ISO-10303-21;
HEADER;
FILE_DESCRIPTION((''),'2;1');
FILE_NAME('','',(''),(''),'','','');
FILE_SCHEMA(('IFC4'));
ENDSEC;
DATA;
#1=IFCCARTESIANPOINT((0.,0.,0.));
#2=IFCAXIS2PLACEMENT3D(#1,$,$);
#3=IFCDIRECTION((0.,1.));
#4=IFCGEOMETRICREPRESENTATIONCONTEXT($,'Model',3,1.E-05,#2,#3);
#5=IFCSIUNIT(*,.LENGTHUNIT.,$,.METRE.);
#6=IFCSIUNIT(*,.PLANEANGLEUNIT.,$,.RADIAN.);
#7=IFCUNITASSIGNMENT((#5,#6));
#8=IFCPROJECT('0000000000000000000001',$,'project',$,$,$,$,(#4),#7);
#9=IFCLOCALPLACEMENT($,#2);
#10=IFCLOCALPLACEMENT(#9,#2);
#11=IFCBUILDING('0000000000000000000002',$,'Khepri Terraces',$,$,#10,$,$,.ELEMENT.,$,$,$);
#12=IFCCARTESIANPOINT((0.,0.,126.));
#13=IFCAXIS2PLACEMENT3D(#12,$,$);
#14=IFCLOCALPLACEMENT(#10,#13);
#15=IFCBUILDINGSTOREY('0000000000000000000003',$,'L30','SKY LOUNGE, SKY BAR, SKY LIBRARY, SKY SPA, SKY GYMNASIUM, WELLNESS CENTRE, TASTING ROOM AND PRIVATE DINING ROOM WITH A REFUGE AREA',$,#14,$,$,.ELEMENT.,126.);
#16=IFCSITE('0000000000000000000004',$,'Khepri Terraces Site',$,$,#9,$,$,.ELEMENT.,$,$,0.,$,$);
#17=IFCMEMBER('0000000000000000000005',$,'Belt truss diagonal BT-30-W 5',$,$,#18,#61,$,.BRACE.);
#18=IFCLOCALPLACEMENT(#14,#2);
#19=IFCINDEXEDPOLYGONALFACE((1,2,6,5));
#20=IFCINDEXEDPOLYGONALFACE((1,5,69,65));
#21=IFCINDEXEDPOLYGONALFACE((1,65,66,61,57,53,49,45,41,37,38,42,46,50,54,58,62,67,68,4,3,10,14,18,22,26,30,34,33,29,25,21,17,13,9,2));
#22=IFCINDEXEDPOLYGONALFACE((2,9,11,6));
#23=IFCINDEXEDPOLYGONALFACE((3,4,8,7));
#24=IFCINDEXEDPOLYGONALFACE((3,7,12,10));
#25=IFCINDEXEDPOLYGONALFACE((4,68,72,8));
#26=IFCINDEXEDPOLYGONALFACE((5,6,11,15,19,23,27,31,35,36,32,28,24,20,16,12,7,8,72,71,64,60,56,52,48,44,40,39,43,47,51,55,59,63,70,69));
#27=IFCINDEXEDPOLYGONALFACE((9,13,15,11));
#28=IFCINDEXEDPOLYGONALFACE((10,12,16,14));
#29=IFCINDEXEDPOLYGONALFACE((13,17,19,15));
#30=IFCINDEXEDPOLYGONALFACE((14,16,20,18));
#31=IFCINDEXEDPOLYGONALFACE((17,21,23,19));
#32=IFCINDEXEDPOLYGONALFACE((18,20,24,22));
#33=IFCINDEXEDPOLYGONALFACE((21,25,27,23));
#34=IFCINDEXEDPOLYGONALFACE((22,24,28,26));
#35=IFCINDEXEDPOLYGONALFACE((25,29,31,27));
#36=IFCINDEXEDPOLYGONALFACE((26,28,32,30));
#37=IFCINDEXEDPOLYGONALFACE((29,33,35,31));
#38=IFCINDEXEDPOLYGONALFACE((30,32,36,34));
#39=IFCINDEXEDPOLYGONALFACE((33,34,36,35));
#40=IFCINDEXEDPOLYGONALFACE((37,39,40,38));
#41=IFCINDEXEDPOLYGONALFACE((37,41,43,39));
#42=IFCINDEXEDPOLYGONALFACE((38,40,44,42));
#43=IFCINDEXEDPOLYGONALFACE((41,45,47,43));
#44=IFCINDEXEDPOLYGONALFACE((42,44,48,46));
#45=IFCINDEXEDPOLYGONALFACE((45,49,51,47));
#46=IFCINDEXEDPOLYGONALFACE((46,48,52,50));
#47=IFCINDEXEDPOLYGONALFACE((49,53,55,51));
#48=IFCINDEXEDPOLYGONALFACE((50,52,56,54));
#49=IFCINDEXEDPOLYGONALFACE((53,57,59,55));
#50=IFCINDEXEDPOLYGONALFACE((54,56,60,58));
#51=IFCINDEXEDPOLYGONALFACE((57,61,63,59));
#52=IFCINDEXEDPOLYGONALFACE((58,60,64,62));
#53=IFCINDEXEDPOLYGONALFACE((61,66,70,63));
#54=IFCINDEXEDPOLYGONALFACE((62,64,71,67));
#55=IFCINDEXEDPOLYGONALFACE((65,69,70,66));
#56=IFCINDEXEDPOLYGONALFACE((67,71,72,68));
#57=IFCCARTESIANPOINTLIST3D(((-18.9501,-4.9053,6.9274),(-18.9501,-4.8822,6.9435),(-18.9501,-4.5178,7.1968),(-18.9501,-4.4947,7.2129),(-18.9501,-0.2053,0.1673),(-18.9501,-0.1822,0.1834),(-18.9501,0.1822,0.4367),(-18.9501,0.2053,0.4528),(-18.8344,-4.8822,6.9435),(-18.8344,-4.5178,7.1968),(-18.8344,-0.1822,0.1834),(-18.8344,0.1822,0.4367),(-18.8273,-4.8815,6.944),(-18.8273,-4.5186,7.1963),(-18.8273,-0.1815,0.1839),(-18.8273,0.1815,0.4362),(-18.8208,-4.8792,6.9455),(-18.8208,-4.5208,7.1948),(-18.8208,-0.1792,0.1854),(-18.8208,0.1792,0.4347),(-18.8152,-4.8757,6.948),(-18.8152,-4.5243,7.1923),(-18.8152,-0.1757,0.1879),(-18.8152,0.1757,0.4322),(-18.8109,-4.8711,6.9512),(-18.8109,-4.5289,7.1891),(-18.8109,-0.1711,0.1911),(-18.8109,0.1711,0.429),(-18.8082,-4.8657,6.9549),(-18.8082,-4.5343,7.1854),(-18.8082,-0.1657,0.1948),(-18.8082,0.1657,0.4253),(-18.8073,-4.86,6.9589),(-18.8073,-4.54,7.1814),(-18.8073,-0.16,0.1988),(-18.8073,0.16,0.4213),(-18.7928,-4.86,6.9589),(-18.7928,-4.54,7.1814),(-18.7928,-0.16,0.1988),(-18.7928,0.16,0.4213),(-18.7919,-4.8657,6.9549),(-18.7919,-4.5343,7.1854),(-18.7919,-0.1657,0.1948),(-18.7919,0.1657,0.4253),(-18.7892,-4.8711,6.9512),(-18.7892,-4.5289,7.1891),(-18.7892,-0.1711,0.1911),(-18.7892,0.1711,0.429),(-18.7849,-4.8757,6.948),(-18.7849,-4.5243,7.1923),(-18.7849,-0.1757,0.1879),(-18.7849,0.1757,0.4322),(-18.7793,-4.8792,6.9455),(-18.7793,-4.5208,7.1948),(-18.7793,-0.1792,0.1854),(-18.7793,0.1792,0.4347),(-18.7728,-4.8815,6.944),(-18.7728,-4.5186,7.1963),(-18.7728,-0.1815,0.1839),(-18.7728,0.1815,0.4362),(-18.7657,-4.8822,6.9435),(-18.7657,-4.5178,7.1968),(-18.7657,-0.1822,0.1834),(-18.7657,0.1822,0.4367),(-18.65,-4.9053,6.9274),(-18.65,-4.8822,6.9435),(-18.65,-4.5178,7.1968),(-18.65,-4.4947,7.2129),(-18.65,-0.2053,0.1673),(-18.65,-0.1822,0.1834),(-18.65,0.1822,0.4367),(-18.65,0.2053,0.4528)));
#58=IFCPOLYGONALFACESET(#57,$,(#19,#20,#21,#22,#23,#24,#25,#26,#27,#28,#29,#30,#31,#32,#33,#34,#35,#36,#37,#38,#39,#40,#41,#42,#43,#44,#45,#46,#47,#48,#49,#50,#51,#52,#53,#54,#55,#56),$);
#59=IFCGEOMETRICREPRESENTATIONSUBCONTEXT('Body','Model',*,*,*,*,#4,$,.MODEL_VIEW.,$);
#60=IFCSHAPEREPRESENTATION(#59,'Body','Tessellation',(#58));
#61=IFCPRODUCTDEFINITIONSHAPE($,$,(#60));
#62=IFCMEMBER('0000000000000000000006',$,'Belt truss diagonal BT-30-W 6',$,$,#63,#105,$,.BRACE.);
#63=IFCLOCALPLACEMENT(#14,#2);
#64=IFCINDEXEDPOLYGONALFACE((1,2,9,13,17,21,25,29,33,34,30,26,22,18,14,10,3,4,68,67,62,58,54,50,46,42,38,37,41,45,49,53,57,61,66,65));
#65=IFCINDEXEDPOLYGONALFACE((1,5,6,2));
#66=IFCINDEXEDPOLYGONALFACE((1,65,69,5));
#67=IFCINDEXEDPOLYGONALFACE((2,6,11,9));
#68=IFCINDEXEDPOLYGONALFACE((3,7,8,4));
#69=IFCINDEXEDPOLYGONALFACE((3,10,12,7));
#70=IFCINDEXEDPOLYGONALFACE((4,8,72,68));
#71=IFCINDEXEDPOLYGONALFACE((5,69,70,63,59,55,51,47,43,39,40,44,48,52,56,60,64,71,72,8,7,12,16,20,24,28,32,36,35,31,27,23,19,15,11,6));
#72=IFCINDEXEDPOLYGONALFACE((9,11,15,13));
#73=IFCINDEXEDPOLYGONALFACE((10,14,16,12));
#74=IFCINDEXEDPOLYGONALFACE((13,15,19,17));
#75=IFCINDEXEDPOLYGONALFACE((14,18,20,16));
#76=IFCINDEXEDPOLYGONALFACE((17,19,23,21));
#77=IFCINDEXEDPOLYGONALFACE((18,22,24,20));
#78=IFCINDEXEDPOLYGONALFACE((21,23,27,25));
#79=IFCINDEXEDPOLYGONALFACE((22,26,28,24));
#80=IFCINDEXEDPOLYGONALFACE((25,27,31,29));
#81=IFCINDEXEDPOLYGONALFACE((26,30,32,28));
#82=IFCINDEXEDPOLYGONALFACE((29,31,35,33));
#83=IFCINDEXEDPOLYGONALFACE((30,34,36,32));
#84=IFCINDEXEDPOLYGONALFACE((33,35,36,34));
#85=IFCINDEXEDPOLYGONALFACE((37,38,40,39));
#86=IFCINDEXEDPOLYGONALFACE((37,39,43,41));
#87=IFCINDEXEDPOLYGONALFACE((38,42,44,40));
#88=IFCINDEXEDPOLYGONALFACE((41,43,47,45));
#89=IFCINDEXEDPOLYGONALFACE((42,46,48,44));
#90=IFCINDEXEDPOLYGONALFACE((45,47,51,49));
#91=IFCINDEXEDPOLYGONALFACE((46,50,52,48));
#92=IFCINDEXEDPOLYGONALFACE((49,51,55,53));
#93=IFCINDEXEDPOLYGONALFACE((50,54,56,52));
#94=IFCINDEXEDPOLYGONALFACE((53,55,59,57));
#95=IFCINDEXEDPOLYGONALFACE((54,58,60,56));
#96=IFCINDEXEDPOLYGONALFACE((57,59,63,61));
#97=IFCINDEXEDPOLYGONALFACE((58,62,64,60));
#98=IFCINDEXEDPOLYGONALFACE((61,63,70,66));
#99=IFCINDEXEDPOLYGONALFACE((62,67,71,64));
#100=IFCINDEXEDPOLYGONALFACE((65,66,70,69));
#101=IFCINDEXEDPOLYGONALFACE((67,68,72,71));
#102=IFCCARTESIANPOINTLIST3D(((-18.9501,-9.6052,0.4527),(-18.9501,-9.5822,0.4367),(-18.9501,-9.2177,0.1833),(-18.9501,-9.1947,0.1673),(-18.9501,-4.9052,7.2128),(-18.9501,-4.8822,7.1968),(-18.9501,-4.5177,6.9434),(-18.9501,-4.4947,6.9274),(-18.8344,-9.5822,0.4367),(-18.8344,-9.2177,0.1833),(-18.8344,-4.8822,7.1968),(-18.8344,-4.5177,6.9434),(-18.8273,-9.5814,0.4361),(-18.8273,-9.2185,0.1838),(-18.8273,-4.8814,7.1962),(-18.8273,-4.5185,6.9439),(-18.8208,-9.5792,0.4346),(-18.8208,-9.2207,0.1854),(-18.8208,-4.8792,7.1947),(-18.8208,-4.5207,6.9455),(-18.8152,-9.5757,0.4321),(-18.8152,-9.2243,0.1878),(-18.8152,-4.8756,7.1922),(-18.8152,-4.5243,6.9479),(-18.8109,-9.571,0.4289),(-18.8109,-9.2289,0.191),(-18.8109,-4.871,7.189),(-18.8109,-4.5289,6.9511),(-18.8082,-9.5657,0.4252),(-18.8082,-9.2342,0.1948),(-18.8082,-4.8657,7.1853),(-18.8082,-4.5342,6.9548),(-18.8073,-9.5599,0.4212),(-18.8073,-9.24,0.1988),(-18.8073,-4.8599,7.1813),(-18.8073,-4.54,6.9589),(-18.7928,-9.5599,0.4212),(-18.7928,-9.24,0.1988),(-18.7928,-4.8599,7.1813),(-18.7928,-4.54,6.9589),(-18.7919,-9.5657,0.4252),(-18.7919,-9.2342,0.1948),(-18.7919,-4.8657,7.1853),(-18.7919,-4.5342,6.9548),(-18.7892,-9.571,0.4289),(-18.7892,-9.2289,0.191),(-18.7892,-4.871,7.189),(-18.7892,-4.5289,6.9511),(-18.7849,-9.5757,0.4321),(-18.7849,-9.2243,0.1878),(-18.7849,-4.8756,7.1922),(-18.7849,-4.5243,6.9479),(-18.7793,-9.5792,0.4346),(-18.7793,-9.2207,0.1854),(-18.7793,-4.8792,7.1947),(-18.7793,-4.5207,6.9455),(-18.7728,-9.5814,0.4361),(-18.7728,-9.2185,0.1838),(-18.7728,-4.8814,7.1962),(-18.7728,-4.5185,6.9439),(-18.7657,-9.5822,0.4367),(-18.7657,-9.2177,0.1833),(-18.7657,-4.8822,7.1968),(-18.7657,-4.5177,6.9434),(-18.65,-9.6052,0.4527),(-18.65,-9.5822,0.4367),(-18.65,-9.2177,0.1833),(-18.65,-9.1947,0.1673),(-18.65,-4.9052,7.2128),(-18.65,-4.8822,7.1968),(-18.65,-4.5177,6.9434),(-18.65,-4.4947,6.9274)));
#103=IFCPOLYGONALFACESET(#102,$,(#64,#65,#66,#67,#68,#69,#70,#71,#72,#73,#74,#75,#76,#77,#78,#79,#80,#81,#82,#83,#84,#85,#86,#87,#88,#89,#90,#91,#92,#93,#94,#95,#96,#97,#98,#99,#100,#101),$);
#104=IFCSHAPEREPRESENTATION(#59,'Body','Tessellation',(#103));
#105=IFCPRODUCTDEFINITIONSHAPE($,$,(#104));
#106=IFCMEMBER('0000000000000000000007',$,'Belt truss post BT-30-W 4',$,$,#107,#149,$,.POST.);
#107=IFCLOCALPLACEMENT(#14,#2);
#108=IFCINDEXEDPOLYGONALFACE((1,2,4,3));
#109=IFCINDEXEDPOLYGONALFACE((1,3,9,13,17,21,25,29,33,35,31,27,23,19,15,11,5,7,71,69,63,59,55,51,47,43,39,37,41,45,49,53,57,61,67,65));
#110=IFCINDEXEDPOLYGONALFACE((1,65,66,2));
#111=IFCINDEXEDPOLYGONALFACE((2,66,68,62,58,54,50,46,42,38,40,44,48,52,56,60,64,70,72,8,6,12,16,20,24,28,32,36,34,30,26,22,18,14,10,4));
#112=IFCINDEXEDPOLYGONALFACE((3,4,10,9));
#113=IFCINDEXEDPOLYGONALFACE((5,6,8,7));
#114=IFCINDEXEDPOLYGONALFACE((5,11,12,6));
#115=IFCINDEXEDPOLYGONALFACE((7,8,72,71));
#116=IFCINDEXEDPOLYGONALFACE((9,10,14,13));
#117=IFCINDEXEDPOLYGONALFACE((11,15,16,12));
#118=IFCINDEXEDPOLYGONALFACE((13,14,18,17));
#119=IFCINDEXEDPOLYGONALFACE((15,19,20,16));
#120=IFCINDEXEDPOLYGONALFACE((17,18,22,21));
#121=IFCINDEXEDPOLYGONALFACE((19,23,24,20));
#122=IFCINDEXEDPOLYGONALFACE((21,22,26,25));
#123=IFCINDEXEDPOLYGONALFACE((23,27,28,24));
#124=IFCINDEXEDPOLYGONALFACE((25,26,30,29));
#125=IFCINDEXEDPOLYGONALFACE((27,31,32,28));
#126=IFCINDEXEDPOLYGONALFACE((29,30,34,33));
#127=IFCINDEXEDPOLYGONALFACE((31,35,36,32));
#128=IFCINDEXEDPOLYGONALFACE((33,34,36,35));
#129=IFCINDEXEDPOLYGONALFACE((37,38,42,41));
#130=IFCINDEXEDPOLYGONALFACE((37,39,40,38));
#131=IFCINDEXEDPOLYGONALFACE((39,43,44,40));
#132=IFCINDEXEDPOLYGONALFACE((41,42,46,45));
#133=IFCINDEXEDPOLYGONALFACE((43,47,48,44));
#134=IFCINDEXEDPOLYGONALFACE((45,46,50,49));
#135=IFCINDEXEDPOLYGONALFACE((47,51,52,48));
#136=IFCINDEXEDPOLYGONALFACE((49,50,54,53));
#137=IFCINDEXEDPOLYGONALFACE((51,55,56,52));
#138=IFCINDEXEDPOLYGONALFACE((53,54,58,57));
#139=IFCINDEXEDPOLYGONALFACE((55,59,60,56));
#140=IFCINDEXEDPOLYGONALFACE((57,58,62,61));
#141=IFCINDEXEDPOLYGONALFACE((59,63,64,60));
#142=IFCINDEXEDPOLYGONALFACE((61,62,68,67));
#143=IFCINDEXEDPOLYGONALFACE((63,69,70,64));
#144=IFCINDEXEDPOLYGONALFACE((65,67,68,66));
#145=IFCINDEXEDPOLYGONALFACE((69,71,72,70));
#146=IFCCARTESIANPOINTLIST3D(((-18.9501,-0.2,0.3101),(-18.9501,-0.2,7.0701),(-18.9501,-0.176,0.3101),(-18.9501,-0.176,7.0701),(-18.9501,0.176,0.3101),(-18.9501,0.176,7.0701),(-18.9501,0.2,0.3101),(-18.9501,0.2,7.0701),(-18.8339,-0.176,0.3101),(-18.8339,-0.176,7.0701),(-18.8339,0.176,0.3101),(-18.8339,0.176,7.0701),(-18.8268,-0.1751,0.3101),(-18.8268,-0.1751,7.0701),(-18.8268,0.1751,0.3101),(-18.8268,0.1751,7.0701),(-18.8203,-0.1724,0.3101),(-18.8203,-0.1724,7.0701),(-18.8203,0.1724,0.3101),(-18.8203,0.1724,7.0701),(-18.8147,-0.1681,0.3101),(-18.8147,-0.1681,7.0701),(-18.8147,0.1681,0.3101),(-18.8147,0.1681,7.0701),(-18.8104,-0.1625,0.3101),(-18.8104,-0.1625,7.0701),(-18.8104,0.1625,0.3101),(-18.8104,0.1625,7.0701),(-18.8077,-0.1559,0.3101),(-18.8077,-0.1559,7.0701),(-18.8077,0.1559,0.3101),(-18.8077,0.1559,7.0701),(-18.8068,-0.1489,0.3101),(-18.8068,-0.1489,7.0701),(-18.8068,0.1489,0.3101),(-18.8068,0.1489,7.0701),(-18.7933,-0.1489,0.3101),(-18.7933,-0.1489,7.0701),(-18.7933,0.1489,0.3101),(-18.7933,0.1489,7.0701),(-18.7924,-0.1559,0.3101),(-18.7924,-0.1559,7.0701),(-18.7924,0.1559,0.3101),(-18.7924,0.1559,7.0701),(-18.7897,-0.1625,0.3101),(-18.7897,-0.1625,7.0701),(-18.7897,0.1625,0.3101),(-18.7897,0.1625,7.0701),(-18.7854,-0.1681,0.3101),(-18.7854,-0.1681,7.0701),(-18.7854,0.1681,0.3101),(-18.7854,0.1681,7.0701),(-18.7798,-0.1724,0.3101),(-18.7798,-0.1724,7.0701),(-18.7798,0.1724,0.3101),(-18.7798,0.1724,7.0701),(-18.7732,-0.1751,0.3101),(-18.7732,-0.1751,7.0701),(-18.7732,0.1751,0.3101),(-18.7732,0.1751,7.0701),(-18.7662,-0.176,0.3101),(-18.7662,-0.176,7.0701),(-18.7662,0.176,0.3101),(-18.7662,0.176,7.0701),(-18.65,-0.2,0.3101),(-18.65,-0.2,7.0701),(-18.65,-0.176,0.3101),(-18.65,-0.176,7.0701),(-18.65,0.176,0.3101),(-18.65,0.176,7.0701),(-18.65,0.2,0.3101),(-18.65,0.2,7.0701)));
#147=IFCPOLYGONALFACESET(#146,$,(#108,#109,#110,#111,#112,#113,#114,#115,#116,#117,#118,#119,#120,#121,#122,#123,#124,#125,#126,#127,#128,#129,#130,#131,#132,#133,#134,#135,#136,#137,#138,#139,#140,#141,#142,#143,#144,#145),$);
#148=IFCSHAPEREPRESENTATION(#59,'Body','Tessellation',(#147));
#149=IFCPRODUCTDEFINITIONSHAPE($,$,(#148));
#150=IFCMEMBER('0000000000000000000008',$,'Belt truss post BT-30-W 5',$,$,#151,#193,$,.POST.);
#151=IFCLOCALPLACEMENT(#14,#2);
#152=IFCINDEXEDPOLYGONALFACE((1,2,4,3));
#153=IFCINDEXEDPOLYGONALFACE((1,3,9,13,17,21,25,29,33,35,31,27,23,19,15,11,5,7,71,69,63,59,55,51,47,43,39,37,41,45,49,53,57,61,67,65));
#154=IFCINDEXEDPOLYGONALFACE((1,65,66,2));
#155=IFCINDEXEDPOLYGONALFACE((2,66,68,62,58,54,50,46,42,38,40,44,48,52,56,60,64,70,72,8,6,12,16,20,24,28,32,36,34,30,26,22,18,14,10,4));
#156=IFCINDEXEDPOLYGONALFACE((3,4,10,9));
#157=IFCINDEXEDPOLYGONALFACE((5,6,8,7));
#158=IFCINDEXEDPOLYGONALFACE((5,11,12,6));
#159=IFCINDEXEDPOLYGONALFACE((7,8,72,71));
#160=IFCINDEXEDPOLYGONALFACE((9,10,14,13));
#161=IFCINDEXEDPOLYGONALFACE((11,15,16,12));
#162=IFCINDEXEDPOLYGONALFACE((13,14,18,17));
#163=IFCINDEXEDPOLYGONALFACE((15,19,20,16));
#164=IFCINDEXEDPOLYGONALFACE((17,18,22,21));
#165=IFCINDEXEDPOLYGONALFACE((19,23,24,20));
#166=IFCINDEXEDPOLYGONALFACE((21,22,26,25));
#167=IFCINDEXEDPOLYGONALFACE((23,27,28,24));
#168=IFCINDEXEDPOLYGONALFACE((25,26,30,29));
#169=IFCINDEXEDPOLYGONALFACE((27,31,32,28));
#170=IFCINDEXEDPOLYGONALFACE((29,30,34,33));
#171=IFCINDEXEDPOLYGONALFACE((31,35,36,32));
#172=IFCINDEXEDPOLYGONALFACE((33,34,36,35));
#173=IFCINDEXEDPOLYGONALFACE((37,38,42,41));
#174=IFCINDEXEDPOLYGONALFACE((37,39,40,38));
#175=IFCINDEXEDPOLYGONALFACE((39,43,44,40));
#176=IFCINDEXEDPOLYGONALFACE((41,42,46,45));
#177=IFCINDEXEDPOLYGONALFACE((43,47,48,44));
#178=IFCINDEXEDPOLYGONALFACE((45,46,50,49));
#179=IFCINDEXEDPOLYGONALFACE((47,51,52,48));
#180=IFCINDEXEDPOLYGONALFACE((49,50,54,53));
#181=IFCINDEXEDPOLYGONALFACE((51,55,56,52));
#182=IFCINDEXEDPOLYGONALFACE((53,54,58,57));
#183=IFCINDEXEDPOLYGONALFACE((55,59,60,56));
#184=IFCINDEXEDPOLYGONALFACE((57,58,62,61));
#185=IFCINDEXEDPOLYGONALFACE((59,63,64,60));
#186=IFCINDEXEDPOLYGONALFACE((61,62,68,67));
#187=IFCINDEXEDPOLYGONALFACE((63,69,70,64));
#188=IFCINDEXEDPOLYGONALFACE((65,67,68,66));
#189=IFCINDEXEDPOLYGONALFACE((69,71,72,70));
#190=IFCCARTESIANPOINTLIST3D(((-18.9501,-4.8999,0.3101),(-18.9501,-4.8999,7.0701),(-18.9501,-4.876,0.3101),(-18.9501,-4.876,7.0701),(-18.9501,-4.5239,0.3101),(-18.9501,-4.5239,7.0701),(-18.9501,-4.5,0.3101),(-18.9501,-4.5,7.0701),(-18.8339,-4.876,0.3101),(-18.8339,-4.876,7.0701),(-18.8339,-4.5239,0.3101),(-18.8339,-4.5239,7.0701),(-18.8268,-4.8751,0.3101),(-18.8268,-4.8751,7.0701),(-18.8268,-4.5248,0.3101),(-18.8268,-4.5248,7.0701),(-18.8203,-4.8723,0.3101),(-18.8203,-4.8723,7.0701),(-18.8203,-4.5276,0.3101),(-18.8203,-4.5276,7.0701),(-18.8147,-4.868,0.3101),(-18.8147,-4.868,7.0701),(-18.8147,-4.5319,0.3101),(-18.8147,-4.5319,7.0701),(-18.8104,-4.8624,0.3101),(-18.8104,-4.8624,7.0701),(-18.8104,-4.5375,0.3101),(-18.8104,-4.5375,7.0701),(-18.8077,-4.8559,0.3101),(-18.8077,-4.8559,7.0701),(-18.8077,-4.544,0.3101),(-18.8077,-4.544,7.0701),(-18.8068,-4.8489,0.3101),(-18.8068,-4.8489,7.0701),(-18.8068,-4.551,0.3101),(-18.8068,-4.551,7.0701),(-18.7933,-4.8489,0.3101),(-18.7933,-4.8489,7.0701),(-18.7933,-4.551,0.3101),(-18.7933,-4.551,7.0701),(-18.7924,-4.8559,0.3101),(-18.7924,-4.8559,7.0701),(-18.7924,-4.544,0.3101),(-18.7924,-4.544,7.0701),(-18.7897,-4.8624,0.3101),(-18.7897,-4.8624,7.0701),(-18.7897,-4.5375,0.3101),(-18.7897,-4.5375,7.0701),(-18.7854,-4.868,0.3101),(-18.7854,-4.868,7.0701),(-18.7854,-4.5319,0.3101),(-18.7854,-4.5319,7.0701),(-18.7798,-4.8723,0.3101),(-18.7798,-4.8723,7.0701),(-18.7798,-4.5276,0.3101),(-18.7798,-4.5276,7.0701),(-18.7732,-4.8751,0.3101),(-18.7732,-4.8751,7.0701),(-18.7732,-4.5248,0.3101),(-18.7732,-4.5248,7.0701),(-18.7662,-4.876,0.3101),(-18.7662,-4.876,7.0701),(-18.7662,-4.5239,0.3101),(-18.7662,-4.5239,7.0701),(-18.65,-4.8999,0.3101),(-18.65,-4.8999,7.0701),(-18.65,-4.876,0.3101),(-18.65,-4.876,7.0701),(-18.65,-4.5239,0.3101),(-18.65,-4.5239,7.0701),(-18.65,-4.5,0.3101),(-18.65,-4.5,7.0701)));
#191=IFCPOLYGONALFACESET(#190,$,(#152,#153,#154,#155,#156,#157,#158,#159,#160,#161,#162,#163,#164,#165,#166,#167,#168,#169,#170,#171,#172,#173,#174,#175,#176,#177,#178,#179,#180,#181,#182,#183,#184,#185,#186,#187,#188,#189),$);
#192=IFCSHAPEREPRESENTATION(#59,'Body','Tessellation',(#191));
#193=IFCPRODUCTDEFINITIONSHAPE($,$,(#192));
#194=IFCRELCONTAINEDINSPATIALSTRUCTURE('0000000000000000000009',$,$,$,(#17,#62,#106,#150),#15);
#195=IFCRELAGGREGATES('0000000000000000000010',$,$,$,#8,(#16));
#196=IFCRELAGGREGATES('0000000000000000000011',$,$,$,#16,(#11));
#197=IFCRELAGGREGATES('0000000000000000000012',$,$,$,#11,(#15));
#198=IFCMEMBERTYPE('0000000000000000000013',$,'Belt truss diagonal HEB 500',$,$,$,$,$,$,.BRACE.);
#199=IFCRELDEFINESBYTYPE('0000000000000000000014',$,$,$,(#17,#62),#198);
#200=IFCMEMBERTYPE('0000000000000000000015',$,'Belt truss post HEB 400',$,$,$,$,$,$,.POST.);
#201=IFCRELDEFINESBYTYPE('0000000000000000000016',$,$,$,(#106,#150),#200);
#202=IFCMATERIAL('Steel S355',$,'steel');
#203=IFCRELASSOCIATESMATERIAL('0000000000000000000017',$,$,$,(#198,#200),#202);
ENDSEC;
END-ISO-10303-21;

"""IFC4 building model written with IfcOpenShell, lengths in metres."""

from ifc_helpers import new_model, si_unit, direction, frame, origin, origin_2d, place, context, subcontext, project, spatial, i_section, extrude, material, material_profile, profile_set, type_object, element, save


model = new_model("IFC4")

# Units and contexts
model_context = context("Model", 3, precision=1e-05, world=origin(), true_north=direction((0.0, 1.0)))
body_context = subcontext(model_context, "Body", "Model", "MODEL_VIEW")
ifc_project = project(units=[si_unit("LENGTHUNIT", "METRE"), si_unit("PLANEANGLEUNIT", "RADIAN")], contexts=[model_context])

# Site, building, storey
site_placement = place(None, origin())
site = spatial("IfcSite", under=ifc_project, at=site_placement, Name="Khepri Terraces Site", CompositionType="ELEMENT", RefElevation=0.0)
building_placement = place(site_placement, origin())
building = spatial("IfcBuilding", under=site, at=building_placement, Name="Khepri Terraces", CompositionType="ELEMENT")
storey_placement = place(building_placement, frame((0.0, 0.0, 126.0)))
storey = spatial("IfcBuildingStorey", under=building, at=storey_placement, Name="L30", Description="SKY LOUNGE, SKY BAR, SKY LIBRARY, SKY SPA, SKY GYMNASIUM, WELLNESS CENTRE, TASTING ROOM AND PRIVATE DINING ROOM WITH A REFUGE AREA", CompositionType="ELEMENT", Elevation=126.0)

# Members
ifc_material_1 = material(Name="Steel S355", Category="steel")
ifc_material_profile_1 = material_profile(ifc_material_1, i_section(OverallWidth=0.3, OverallDepth=0.5, WebThickness=0.0144, FlangeThickness=0.0281, FilletRadius=0.0271, at=origin_2d()), Name="Steel S355", Category="steel")
ifc_profile_set_1 = profile_set([ifc_material_profile_1], Name="Steel S355")
member_type_1 = type_object("IfcMemberType", Name="Belt truss diagonal HEB 500", PredefinedType="BRACE", material=ifc_profile_set_1)
for number, where, z_axis, x_axis, name in (
    (1, (-18.8, 0.0, 0.3101), (0.0, -0.570846, 0.821057), (1.0, 0.0, 0.0), "Belt truss diagonal BT-30-W 5"),
    (2, (-18.8, -4.7, 7.0701), (0.0, -0.570846, -0.821057), (1.0, 0.0, 0.0), "Belt truss diagonal BT-30-W 6"),
):
    element("IfcMember", number, at=place(storey_placement, frame(where, z_axis=z_axis, x_axis=x_axis)), inside=storey, type_object=member_type_1, Name=name, PredefinedType="BRACE", context=body_context, shape_type="SweptSolid", body=[
        extrude(i_section(OverallWidth=0.3, OverallDepth=0.5, WebThickness=0.0144, FlangeThickness=0.0281, FilletRadius=0.0271, at=origin_2d()), origin(), (0.0, 0.0, 1.0), 8.2334),
    ])
ifc_material_profile_2 = material_profile(ifc_material_1, i_section(OverallWidth=0.3, OverallDepth=0.3999, WebThickness=0.0134, FlangeThickness=0.0239, FilletRadius=0.0271, at=origin_2d()), Name="Steel S355", Category="steel")
ifc_profile_set_2 = profile_set([ifc_material_profile_2], Name="Steel S355")
member_type_2 = type_object("IfcMemberType", Name="Belt truss post HEB 400", PredefinedType="POST", material=ifc_profile_set_2)
for number, where, z_axis, x_axis, name in (
    (3, (-18.8, 0.0, 0.3101), (0.0, 0.0, 1.0), (1.0, 0.0, 0.0), "Belt truss post BT-30-W 4"),
    (4, (-18.8, -4.7, 0.3101), (0.0, 0.0, 1.0), (1.0, 0.0, 0.0), "Belt truss post BT-30-W 5"),
):
    element("IfcMember", number, at=place(storey_placement, frame(where, z_axis=z_axis, x_axis=x_axis)), inside=storey, type_object=member_type_2, Name=name, PredefinedType="POST", context=body_context, shape_type="SweptSolid", body=[
        extrude(i_section(OverallWidth=0.3, OverallDepth=0.3999, WebThickness=0.0134, FlangeThickness=0.0239, FilletRadius=0.0271, at=origin_2d()), origin(), (0.0, 0.0, 1.0), 6.76),
    ])

save(model, "model.ifc")
